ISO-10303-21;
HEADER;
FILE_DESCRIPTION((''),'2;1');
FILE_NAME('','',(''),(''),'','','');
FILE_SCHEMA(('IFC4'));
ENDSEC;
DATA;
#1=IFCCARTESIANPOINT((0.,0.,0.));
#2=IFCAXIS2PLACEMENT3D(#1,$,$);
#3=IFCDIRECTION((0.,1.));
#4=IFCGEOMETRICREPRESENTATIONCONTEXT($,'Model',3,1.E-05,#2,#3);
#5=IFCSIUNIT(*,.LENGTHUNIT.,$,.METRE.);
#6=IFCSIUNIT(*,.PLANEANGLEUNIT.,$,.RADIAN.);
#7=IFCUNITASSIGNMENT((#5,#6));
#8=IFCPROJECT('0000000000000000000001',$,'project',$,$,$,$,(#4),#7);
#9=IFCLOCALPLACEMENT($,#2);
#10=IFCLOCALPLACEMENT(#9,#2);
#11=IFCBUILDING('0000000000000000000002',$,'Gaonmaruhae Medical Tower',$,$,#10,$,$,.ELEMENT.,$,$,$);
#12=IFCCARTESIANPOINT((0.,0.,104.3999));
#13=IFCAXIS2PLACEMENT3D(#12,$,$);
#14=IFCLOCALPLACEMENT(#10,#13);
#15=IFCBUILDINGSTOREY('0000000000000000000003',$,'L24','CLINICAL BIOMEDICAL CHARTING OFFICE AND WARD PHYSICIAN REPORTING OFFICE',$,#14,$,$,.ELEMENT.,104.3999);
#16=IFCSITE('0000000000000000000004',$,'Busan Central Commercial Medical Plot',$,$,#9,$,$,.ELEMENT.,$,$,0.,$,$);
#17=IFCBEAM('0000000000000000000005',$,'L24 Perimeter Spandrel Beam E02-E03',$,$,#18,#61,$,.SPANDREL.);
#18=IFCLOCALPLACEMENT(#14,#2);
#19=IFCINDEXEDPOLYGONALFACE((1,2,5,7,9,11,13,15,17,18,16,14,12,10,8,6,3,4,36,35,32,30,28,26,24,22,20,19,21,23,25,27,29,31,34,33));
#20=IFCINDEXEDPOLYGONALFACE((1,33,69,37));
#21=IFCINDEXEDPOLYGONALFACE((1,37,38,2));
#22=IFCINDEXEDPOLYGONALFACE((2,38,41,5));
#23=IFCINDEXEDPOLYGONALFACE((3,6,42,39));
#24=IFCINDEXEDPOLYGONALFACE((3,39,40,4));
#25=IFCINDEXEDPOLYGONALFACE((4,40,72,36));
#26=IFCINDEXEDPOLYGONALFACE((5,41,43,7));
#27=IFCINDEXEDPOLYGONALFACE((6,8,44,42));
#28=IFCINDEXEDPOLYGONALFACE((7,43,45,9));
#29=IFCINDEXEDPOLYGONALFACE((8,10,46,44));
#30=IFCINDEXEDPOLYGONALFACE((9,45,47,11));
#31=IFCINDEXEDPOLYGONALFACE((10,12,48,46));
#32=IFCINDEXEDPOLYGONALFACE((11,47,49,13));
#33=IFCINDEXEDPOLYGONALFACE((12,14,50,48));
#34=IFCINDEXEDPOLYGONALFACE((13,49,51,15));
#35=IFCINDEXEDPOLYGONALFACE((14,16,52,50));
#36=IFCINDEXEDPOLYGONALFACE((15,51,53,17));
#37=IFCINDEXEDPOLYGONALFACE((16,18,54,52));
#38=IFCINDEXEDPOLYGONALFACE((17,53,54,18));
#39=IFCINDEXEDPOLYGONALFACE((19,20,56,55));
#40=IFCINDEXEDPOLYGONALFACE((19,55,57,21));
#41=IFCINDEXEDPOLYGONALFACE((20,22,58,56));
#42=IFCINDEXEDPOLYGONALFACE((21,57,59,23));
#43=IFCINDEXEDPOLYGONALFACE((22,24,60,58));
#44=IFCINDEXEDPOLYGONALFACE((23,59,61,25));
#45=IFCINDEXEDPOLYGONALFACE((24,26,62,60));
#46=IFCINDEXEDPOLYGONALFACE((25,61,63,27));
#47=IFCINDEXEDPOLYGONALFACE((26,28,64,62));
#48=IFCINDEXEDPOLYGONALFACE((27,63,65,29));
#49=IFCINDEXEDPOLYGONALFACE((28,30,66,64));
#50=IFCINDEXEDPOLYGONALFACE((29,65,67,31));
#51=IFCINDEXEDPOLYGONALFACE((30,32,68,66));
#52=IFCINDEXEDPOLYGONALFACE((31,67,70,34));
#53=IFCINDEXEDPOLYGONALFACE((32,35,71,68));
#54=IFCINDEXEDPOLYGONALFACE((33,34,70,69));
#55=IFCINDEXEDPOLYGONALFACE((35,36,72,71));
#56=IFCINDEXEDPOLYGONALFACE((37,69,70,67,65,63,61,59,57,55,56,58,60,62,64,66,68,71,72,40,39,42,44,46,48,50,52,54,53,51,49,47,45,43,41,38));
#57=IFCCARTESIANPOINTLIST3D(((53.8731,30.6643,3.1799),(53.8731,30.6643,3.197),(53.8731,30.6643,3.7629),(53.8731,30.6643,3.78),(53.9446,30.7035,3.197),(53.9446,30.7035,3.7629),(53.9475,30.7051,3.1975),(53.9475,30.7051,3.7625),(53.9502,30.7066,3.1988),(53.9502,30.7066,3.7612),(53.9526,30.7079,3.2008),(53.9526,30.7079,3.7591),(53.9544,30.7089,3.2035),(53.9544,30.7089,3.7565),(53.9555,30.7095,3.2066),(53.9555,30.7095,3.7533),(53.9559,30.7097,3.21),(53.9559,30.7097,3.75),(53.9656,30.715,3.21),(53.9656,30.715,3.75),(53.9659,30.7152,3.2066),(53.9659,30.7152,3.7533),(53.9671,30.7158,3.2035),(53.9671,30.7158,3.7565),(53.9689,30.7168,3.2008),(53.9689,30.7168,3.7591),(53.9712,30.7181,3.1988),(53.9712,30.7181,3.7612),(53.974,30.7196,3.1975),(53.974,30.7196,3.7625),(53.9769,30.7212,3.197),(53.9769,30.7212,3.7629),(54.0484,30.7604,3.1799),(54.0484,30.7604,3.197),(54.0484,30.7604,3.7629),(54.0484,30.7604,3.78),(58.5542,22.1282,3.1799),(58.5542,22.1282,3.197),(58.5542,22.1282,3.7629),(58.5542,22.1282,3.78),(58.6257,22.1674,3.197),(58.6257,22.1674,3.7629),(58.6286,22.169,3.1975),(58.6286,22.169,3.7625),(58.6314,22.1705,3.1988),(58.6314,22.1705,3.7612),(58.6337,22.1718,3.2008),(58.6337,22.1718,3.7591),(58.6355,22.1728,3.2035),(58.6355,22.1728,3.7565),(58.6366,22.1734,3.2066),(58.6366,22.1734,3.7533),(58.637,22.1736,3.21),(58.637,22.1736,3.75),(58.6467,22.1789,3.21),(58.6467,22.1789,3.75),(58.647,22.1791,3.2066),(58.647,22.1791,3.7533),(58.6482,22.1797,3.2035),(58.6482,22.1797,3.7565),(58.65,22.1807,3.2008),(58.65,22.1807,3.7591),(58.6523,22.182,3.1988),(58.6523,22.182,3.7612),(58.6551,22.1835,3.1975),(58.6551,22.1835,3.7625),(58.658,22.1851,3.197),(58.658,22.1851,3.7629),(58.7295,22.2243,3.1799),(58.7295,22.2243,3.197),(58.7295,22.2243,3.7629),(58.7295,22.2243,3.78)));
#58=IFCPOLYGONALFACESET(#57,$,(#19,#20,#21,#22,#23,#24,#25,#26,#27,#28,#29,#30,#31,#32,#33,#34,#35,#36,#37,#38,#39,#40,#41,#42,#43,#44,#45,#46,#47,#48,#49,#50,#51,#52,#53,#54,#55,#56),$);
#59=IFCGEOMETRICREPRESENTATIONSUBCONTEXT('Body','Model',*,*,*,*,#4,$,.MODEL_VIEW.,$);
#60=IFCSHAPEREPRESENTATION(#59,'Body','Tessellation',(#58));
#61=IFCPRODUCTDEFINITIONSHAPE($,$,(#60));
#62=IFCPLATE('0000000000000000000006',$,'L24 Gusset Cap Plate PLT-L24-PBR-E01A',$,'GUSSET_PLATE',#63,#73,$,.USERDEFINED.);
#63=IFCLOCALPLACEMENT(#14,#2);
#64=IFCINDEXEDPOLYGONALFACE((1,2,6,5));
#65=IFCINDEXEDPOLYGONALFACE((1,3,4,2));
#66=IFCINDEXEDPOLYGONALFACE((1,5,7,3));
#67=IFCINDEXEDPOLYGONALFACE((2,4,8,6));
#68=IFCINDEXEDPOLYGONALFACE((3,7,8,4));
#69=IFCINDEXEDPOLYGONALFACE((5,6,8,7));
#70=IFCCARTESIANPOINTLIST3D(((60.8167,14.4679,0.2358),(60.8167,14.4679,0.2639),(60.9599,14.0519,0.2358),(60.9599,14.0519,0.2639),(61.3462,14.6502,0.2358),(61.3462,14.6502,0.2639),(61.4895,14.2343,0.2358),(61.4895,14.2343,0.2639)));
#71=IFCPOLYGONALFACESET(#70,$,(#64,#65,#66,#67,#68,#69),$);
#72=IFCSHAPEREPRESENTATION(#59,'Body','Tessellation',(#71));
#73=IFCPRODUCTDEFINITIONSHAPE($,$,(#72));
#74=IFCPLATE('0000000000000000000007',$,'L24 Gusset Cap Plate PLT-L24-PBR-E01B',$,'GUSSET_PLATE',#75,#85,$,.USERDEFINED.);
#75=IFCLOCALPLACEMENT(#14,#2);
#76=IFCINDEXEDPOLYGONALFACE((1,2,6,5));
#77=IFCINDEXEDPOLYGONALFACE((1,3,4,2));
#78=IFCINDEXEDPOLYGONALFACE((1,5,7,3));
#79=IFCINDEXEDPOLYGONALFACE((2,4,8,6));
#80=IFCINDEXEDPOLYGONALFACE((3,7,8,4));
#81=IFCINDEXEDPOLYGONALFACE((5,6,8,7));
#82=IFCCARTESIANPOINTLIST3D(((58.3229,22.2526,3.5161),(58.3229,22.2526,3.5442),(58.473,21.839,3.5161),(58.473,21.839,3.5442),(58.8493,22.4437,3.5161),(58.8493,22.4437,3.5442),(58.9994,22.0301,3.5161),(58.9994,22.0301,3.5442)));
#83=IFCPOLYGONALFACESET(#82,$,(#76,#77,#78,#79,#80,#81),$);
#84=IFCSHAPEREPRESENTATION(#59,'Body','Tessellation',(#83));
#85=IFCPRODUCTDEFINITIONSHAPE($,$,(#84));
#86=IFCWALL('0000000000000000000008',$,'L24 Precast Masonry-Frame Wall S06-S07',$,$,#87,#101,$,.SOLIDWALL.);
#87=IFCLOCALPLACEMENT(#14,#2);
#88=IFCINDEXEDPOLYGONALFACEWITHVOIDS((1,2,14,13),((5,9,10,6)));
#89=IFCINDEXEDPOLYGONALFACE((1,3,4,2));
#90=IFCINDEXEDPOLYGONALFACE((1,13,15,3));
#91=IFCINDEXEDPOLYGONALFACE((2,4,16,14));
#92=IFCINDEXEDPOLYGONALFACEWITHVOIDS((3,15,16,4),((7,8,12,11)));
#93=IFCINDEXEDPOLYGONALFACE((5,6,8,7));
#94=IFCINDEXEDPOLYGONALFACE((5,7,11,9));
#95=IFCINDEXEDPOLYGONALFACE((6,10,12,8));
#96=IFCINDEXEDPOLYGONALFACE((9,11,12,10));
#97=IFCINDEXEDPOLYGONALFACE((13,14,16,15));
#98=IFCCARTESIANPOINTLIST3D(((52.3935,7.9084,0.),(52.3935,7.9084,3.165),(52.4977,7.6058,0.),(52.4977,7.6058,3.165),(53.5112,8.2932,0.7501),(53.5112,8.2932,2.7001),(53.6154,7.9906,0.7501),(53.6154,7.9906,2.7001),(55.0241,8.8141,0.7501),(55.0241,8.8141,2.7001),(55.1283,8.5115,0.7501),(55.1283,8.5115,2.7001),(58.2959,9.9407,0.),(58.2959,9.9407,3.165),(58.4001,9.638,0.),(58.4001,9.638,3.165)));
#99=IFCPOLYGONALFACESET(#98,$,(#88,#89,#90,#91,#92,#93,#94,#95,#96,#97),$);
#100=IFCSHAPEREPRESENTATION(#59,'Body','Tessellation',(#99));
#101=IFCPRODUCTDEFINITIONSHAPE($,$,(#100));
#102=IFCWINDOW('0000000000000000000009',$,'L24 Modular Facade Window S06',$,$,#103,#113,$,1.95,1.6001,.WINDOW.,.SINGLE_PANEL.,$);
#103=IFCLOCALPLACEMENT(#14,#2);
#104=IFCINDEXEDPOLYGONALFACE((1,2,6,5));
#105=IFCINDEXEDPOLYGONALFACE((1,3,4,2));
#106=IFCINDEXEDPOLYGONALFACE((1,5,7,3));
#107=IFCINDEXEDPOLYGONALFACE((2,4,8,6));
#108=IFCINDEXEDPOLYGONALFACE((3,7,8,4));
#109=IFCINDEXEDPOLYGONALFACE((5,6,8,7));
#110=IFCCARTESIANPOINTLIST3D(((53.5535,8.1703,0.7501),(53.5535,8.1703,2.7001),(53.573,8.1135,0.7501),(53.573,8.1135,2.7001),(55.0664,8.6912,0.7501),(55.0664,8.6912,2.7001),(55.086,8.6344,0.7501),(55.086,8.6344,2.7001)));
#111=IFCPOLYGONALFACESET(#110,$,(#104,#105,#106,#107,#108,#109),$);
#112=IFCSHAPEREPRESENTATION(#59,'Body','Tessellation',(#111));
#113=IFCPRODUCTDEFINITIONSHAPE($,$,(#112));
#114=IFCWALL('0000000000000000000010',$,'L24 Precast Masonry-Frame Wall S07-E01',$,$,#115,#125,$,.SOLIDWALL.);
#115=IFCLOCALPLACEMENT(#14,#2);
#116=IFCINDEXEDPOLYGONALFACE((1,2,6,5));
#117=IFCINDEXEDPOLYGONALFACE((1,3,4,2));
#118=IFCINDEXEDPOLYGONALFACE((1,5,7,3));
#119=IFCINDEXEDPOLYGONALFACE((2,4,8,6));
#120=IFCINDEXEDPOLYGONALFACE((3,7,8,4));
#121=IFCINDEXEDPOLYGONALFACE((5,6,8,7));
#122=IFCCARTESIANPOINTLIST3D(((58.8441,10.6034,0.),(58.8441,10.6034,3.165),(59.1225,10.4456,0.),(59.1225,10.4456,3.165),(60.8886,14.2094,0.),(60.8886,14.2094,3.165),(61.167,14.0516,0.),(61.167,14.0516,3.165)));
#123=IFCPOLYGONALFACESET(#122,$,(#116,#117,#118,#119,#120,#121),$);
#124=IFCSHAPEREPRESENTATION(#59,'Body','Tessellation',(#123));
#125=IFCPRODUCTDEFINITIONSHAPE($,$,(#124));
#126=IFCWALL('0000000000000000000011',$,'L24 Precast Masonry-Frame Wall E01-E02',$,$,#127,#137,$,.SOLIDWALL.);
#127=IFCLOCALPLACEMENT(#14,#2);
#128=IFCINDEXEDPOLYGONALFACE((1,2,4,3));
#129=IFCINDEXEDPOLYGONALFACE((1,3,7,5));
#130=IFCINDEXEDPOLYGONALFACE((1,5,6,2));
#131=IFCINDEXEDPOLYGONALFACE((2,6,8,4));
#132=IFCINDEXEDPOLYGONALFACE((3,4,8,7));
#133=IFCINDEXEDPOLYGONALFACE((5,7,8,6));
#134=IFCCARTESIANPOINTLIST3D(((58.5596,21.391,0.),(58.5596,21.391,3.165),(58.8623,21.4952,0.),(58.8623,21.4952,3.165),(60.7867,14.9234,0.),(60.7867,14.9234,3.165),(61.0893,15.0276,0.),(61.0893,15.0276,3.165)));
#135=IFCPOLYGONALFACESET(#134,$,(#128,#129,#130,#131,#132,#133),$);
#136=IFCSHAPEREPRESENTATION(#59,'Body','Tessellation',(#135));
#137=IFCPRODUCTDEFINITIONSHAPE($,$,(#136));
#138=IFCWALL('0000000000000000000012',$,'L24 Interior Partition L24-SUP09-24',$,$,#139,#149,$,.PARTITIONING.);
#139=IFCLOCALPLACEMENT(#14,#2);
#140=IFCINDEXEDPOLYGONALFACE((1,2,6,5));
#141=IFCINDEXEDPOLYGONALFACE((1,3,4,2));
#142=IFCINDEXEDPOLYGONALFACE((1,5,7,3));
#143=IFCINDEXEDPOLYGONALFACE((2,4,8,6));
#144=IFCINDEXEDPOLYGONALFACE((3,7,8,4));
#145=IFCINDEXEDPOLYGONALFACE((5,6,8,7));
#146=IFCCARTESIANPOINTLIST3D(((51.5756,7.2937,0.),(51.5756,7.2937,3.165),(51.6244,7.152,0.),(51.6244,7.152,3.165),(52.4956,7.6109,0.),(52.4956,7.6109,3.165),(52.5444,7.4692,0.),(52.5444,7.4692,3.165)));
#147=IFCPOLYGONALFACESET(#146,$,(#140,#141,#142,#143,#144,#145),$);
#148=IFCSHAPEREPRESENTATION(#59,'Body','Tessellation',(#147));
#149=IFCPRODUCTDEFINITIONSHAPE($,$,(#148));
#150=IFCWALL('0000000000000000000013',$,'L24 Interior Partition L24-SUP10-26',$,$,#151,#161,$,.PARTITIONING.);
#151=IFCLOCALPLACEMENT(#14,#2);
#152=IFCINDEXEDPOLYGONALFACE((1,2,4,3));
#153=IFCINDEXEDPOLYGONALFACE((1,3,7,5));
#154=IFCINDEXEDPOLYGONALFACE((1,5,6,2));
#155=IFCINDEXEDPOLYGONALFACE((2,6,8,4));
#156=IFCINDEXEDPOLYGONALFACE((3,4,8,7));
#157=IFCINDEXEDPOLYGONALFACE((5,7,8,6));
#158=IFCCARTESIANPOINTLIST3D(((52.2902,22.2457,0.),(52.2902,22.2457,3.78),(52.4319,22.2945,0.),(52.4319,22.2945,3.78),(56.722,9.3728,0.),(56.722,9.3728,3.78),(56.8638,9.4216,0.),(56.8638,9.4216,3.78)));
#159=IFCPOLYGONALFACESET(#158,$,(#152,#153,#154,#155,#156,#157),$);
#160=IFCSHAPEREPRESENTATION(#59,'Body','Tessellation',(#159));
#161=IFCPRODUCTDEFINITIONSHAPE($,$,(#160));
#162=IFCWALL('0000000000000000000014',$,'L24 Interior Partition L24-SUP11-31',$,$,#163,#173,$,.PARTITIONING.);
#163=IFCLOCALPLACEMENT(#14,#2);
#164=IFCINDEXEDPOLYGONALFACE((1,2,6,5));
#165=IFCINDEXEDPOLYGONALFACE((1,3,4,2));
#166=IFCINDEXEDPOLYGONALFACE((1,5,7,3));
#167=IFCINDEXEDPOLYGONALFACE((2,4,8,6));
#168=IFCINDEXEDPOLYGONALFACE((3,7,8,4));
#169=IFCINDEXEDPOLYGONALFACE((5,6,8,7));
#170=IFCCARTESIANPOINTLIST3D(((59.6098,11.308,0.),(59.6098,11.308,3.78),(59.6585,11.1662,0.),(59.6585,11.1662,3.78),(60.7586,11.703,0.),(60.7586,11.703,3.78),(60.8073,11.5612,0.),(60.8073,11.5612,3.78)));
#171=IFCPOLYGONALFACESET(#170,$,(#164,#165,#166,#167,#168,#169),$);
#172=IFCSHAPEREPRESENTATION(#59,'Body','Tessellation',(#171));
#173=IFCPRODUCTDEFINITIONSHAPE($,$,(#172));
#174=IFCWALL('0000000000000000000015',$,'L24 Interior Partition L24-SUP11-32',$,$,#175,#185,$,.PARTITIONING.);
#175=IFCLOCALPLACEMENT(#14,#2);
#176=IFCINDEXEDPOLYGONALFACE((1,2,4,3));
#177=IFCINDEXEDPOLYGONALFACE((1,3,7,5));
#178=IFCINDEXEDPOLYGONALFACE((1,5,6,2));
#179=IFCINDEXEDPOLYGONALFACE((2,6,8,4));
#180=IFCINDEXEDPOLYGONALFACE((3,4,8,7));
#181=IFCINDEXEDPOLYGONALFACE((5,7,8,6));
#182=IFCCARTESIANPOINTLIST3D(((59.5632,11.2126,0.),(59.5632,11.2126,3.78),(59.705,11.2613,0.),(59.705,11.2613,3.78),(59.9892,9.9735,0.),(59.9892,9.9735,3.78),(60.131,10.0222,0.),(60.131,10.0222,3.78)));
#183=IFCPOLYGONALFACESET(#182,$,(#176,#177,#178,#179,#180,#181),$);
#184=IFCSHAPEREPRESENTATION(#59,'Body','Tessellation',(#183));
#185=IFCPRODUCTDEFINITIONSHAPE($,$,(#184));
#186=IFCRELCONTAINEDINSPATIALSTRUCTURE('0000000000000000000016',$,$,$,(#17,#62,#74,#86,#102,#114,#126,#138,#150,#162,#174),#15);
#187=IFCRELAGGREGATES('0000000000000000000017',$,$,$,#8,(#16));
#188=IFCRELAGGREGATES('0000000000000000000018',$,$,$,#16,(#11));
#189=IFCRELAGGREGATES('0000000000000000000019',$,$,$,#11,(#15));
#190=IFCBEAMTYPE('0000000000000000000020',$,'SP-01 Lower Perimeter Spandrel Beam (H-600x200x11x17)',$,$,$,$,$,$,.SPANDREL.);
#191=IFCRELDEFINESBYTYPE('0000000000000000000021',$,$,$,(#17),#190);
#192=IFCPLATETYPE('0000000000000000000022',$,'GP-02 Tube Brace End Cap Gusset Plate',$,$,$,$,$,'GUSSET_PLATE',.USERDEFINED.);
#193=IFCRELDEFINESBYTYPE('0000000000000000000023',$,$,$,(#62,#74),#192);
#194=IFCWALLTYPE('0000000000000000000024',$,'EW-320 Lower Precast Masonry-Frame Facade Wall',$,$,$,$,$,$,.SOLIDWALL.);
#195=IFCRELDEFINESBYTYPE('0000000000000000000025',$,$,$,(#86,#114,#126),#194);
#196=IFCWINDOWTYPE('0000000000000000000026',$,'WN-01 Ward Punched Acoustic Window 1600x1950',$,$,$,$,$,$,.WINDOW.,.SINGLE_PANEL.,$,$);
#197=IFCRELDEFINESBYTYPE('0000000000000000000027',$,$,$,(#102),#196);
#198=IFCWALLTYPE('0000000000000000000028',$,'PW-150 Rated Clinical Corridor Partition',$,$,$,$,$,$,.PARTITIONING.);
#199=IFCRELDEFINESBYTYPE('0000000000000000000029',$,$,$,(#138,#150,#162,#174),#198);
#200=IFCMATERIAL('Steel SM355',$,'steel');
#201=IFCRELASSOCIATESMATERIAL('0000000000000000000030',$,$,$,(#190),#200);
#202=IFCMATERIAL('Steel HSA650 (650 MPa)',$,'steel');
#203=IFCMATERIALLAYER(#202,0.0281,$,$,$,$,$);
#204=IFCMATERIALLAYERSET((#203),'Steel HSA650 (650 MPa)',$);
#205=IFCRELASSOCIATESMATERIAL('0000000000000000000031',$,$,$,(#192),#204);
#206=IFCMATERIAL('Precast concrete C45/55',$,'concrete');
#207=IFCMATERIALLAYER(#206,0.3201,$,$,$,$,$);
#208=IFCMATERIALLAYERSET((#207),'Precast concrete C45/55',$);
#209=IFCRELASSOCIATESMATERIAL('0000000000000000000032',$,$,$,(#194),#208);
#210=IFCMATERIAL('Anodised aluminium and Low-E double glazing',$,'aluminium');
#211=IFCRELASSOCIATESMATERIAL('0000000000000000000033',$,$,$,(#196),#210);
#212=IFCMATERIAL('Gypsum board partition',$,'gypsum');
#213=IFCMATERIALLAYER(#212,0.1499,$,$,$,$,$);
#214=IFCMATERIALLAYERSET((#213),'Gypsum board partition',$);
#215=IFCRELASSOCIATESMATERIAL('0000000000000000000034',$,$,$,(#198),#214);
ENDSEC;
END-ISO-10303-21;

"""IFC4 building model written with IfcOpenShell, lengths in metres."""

from ifc_helpers import new_model, si_unit, direction, frame, frame_2d, origin, origin_2d, place, context, subcontext, project, spatial, rectangle, i_section, extrude, material, layer, layer_set, material_profile, profile_set, type_object, element, fill, save


model = new_model("IFC4")

# Units and contexts
model_context = context("Model", 3, precision=1e-05, world=origin(), true_north=direction((0.0, 1.0)))
body_context = subcontext(model_context, "Body", "Model", "MODEL_VIEW")
ifc_project = project(units=[si_unit("LENGTHUNIT", "METRE"), si_unit("PLANEANGLEUNIT", "RADIAN")], contexts=[model_context])

# Site, building, storey
site_placement = place(None, origin())
site = spatial("IfcSite", under=ifc_project, at=site_placement, Name="Busan Central Commercial Medical Plot", CompositionType="ELEMENT", RefElevation=0.0)
building_placement = place(site_placement, origin())
building = spatial("IfcBuilding", under=site, at=building_placement, Name="Gaonmaruhae Medical Tower", CompositionType="ELEMENT")
storey_placement = place(building_placement, frame((0.0, 0.0, 104.3999)))
storey = spatial("IfcBuildingStorey", under=building, at=storey_placement, Name="L24", Description="CLINICAL BIOMEDICAL CHARTING OFFICE AND WARD PHYSICIAN REPORTING OFFICE", CompositionType="ELEMENT", Elevation=104.3999)

# Beam
ifc_material_1 = material(Name="Steel SM355", Category="steel")
ifc_material_profile_1 = material_profile(ifc_material_1, i_section(OverallWidth=0.2, OverallDepth=0.6001, WebThickness=0.011, FlangeThickness=0.0171, FilletRadius=0.0129, at=origin_2d()), Name="H-600x200x11x17")
ifc_profile_set_1 = profile_set([ifc_material_profile_1], Name="Steel SM355")
beam_type = type_object("IfcBeamType", Name="SP-01 Lower Perimeter Spandrel Beam (H-600x200x11x17)", PredefinedType="SPANDREL", material=ifc_profile_set_1)
beam_1_placement = place(storey_placement, frame((58.6418, 22.1763, 3.48), z_axis=(-0.480836, 0.87681, 0.0), x_axis=(-0.87681, -0.480836, 0.0)))
element("IfcBeam", 1, at=beam_1_placement, inside=storey, type_object=beam_type, Name="L24 Perimeter Spandrel Beam E02-E03", PredefinedType="SPANDREL", context=body_context, shape_type="SweptSolid", body=[
    extrude(i_section(OverallWidth=0.2, OverallDepth=0.6001, WebThickness=0.011, FlangeThickness=0.0171, FilletRadius=0.0129, at=origin_2d()), origin(), (0.0, 0.0, 1.0), 9.7354),
])

# Plates
ifc_material_2 = material(Name="Steel HSA650 (650 MPa)", Category="steel")
ifc_layer_1 = layer(ifc_material_2, 0.0281)
ifc_layer_set_1 = layer_set([ifc_layer_1], Name="Steel HSA650 (650 MPa)")
plate_type = type_object("IfcPlateType", Name="GP-02 Tube Brace End Cap Gusset Plate", ElementType="GUSSET_PLATE", PredefinedType="USERDEFINED", material=ifc_layer_set_1)
for number, where, z_axis, x_axis, name in (
    (2, (61.1531, 14.3511, 0.2358), (0.0, 0.0, 1.0), (0.945519, 0.325568, 0.0), "L24 Gusset Cap Plate PLT-L24-PBR-E01A"),
    (3, (58.6611, 22.1414, 3.5161), (0.0, 0.0, 1.0), (0.939991, 0.3412, 0.0), "L24 Gusset Cap Plate PLT-L24-PBR-E01B"),
):
    element("IfcPlate", number, at=place(storey_placement, frame(where, z_axis=z_axis, x_axis=x_axis)), inside=storey, type_object=plate_type, Name=name, ObjectType="GUSSET_PLATE", PredefinedType="USERDEFINED", context=body_context, shape_type="SweptSolid", body=[
        extrude(rectangle(XDim=0.5601, YDim=0.4399, at=origin_2d()), origin(), (0.0, 0.0, 1.0), 0.0281),
    ])

# Wall, opening, window
ifc_material_3 = material(Name="Precast concrete C45/55", Category="concrete")
ifc_layer_2 = layer(ifc_material_3, 0.3201)
ifc_layer_set_2 = layer_set([ifc_layer_2], Name="Precast concrete C45/55")
wall_type_1 = type_object("IfcWallType", Name="EW-320 Lower Precast Masonry-Frame Facade Wall", PredefinedType="SOLIDWALL", material=ifc_layer_set_2)
wall_1_placement = place(storey_placement, frame((58.3479, 9.7893, 0.0), z_axis=(0.0, 0.0, 1.0), x_axis=(-0.945524, -0.325552, 0.0)))
wall_1 = element("IfcWall", 4, at=wall_1_placement, inside=storey, type_object=wall_type_1, Name="L24 Precast Masonry-Frame Wall S06-S07", PredefinedType="SOLIDWALL", context=body_context, shape_type="SweptSolid", body=[
    extrude(rectangle(XDim=6.2424, YDim=0.3201, at=frame_2d((3.1211, 0.0))), origin(), (0.0, 0.0, 1.0), 3.165),
])
opening_1_placement = place(wall_1_placement, frame((3.4602, 0.0, 0.75)))
opening_1 = element("IfcOpeningElement", 5, at=opening_1_placement, cuts=wall_1, PredefinedType="OPENING", context=body_context, shape_type="SweptSolid", body=[
    extrude(rectangle(XDim=1.6001, YDim=1.95, at=frame_2d((0.8, 0.9751))), frame((0.0, 0.1699, 0.0), z_axis=(0.0, -1.0, 0.0), x_axis=(1.0, 0.0, 0.0)), (0.0, 0.0, 1.0), 0.3401),
])
ifc_material_4 = material(Name="Anodised aluminium and Low-E double glazing", Category="aluminium")
window_type = type_object("IfcWindowType", Name="WN-01 Ward Punched Acoustic Window 1600x1950", PartitioningType="SINGLE_PANEL", PredefinedType="WINDOW", material=ifc_material_4)
window_placement = place(opening_1_placement, origin())
window = element("IfcWindow", 6, at=window_placement, inside=storey, type_object=window_type, Name="L24 Modular Facade Window S06", OverallHeight=1.95, OverallWidth=1.6001, PartitioningType="SINGLE_PANEL", PredefinedType="WINDOW", context=body_context, shape_type="SweptSolid", body=[
    extrude(rectangle(XDim=1.6001, YDim=1.95, at=frame_2d((0.8, 0.9751))), frame((0.0, 0.03, 0.0), z_axis=(0.0, -1.0, 0.0), x_axis=(1.0, 0.0, 0.0)), (0.0, 0.0, 1.0), 0.0601),
])
fill(opening_1, window)

# Walls
wall_2_placement = place(storey_placement, frame((61.0278, 14.1306, 0.0), z_axis=(0.0, 0.0, 1.0), x_axis=(-0.493206, -0.869913, 0.0)))
element("IfcWall", 7, at=wall_2_placement, inside=storey, type_object=wall_type_1, Name="L24 Precast Masonry-Frame Wall S07-E01", PredefinedType="SOLIDWALL", context=body_context, shape_type="SweptSolid", body=[
    extrude(rectangle(XDim=4.1453, YDim=0.3201, at=frame_2d((2.0728, 0.0))), origin(), (0.0, 0.0, 1.0), 3.165),
])
wall_3_placement = place(storey_placement, frame((58.7109, 21.4431, 0.0), z_axis=(0.0, 0.0, 1.0), x_axis=(0.325581, -0.945514, 0.0)))
element("IfcWall", 8, at=wall_3_placement, inside=storey, type_object=wall_type_1, Name="L24 Precast Masonry-Frame Wall E01-E02", PredefinedType="SOLIDWALL", context=body_context, shape_type="SweptSolid", body=[
    extrude(rectangle(XDim=6.8403, YDim=0.3201, at=frame_2d((3.4202, 0.0))), origin(), (0.0, 0.0, 1.0), 3.165),
])
ifc_material_5 = material(Name="Gypsum board partition", Category="gypsum")
ifc_layer_3 = layer(ifc_material_5, 0.1499)
ifc_layer_set_3 = layer_set([ifc_layer_3], Name="Gypsum board partition")
wall_type_2 = type_object("IfcWallType", Name="PW-150 Rated Clinical Corridor Partition", PredefinedType="PARTITIONING", material=ifc_layer_set_3)
wall_4_placement = place(storey_placement, frame((52.52, 7.54, 0.0), z_axis=(0.0, 0.0, 1.0), x_axis=(-0.945397, -0.325921, 0.0)))
element("IfcWall", 9, at=wall_4_placement, inside=storey, type_object=wall_type_2, Name="L24 Interior Partition L24-SUP09-24", PredefinedType="PARTITIONING", context=body_context, shape_type="SweptSolid", body=[
    extrude(rectangle(XDim=0.9731, YDim=0.1499, at=frame_2d((0.4866, 0.0))), origin(), (0.0, 0.0, 1.0), 3.165),
])
wall_5_placement = place(storey_placement, frame((52.3611, 22.27, 0.0), z_axis=(0.0, 0.0, 1.0), x_axis=(0.325525, -0.945534, 0.0)))
element("IfcWall", 10, at=wall_5_placement, inside=storey, type_object=wall_type_2, Name="L24 Interior Partition L24-SUP10-26", PredefinedType="PARTITIONING", context=body_context, shape_type="SweptSolid", body=[
    extrude(rectangle(XDim=13.6145, YDim=0.1499, at=frame_2d((6.8071, 0.0))), origin(), (0.0, 0.0, 1.0), 3.78),
])

# Walls
wall_6_placement = place(storey_placement, frame((60.783, 11.6321, 0.0), z_axis=(0.0, 0.0, 1.0), x_axis=(-0.945667, -0.325136, 0.0)))
element("IfcWall", 11, at=wall_6_placement, inside=storey, type_object=wall_type_2, Name="L24 Interior Partition L24-SUP11-31", PredefinedType="PARTITIONING", context=body_context, shape_type="SweptSolid", body=[
    extrude(rectangle(XDim=1.2148, YDim=0.1499, at=frame_2d((0.6074, 0.0))), origin(), (0.0, 0.0, 1.0), 3.78),
])
wall_7_placement = place(storey_placement, frame((59.634, 11.2371, 0.0), z_axis=(0.0, 0.0, 1.0), x_axis=(0.325158, -0.94566, 0.0)))
element("IfcWall", 12, at=wall_7_placement, inside=storey, type_object=wall_type_2, Name="L24 Interior Partition L24-SUP11-32", PredefinedType="PARTITIONING", context=body_context, shape_type="SweptSolid", body=[
    extrude(rectangle(XDim=1.3103, YDim=0.1499, at=frame_2d((0.6553, 0.0))), origin(), (0.0, 0.0, 1.0), 3.78),
])

save(model, "model.ifc")
